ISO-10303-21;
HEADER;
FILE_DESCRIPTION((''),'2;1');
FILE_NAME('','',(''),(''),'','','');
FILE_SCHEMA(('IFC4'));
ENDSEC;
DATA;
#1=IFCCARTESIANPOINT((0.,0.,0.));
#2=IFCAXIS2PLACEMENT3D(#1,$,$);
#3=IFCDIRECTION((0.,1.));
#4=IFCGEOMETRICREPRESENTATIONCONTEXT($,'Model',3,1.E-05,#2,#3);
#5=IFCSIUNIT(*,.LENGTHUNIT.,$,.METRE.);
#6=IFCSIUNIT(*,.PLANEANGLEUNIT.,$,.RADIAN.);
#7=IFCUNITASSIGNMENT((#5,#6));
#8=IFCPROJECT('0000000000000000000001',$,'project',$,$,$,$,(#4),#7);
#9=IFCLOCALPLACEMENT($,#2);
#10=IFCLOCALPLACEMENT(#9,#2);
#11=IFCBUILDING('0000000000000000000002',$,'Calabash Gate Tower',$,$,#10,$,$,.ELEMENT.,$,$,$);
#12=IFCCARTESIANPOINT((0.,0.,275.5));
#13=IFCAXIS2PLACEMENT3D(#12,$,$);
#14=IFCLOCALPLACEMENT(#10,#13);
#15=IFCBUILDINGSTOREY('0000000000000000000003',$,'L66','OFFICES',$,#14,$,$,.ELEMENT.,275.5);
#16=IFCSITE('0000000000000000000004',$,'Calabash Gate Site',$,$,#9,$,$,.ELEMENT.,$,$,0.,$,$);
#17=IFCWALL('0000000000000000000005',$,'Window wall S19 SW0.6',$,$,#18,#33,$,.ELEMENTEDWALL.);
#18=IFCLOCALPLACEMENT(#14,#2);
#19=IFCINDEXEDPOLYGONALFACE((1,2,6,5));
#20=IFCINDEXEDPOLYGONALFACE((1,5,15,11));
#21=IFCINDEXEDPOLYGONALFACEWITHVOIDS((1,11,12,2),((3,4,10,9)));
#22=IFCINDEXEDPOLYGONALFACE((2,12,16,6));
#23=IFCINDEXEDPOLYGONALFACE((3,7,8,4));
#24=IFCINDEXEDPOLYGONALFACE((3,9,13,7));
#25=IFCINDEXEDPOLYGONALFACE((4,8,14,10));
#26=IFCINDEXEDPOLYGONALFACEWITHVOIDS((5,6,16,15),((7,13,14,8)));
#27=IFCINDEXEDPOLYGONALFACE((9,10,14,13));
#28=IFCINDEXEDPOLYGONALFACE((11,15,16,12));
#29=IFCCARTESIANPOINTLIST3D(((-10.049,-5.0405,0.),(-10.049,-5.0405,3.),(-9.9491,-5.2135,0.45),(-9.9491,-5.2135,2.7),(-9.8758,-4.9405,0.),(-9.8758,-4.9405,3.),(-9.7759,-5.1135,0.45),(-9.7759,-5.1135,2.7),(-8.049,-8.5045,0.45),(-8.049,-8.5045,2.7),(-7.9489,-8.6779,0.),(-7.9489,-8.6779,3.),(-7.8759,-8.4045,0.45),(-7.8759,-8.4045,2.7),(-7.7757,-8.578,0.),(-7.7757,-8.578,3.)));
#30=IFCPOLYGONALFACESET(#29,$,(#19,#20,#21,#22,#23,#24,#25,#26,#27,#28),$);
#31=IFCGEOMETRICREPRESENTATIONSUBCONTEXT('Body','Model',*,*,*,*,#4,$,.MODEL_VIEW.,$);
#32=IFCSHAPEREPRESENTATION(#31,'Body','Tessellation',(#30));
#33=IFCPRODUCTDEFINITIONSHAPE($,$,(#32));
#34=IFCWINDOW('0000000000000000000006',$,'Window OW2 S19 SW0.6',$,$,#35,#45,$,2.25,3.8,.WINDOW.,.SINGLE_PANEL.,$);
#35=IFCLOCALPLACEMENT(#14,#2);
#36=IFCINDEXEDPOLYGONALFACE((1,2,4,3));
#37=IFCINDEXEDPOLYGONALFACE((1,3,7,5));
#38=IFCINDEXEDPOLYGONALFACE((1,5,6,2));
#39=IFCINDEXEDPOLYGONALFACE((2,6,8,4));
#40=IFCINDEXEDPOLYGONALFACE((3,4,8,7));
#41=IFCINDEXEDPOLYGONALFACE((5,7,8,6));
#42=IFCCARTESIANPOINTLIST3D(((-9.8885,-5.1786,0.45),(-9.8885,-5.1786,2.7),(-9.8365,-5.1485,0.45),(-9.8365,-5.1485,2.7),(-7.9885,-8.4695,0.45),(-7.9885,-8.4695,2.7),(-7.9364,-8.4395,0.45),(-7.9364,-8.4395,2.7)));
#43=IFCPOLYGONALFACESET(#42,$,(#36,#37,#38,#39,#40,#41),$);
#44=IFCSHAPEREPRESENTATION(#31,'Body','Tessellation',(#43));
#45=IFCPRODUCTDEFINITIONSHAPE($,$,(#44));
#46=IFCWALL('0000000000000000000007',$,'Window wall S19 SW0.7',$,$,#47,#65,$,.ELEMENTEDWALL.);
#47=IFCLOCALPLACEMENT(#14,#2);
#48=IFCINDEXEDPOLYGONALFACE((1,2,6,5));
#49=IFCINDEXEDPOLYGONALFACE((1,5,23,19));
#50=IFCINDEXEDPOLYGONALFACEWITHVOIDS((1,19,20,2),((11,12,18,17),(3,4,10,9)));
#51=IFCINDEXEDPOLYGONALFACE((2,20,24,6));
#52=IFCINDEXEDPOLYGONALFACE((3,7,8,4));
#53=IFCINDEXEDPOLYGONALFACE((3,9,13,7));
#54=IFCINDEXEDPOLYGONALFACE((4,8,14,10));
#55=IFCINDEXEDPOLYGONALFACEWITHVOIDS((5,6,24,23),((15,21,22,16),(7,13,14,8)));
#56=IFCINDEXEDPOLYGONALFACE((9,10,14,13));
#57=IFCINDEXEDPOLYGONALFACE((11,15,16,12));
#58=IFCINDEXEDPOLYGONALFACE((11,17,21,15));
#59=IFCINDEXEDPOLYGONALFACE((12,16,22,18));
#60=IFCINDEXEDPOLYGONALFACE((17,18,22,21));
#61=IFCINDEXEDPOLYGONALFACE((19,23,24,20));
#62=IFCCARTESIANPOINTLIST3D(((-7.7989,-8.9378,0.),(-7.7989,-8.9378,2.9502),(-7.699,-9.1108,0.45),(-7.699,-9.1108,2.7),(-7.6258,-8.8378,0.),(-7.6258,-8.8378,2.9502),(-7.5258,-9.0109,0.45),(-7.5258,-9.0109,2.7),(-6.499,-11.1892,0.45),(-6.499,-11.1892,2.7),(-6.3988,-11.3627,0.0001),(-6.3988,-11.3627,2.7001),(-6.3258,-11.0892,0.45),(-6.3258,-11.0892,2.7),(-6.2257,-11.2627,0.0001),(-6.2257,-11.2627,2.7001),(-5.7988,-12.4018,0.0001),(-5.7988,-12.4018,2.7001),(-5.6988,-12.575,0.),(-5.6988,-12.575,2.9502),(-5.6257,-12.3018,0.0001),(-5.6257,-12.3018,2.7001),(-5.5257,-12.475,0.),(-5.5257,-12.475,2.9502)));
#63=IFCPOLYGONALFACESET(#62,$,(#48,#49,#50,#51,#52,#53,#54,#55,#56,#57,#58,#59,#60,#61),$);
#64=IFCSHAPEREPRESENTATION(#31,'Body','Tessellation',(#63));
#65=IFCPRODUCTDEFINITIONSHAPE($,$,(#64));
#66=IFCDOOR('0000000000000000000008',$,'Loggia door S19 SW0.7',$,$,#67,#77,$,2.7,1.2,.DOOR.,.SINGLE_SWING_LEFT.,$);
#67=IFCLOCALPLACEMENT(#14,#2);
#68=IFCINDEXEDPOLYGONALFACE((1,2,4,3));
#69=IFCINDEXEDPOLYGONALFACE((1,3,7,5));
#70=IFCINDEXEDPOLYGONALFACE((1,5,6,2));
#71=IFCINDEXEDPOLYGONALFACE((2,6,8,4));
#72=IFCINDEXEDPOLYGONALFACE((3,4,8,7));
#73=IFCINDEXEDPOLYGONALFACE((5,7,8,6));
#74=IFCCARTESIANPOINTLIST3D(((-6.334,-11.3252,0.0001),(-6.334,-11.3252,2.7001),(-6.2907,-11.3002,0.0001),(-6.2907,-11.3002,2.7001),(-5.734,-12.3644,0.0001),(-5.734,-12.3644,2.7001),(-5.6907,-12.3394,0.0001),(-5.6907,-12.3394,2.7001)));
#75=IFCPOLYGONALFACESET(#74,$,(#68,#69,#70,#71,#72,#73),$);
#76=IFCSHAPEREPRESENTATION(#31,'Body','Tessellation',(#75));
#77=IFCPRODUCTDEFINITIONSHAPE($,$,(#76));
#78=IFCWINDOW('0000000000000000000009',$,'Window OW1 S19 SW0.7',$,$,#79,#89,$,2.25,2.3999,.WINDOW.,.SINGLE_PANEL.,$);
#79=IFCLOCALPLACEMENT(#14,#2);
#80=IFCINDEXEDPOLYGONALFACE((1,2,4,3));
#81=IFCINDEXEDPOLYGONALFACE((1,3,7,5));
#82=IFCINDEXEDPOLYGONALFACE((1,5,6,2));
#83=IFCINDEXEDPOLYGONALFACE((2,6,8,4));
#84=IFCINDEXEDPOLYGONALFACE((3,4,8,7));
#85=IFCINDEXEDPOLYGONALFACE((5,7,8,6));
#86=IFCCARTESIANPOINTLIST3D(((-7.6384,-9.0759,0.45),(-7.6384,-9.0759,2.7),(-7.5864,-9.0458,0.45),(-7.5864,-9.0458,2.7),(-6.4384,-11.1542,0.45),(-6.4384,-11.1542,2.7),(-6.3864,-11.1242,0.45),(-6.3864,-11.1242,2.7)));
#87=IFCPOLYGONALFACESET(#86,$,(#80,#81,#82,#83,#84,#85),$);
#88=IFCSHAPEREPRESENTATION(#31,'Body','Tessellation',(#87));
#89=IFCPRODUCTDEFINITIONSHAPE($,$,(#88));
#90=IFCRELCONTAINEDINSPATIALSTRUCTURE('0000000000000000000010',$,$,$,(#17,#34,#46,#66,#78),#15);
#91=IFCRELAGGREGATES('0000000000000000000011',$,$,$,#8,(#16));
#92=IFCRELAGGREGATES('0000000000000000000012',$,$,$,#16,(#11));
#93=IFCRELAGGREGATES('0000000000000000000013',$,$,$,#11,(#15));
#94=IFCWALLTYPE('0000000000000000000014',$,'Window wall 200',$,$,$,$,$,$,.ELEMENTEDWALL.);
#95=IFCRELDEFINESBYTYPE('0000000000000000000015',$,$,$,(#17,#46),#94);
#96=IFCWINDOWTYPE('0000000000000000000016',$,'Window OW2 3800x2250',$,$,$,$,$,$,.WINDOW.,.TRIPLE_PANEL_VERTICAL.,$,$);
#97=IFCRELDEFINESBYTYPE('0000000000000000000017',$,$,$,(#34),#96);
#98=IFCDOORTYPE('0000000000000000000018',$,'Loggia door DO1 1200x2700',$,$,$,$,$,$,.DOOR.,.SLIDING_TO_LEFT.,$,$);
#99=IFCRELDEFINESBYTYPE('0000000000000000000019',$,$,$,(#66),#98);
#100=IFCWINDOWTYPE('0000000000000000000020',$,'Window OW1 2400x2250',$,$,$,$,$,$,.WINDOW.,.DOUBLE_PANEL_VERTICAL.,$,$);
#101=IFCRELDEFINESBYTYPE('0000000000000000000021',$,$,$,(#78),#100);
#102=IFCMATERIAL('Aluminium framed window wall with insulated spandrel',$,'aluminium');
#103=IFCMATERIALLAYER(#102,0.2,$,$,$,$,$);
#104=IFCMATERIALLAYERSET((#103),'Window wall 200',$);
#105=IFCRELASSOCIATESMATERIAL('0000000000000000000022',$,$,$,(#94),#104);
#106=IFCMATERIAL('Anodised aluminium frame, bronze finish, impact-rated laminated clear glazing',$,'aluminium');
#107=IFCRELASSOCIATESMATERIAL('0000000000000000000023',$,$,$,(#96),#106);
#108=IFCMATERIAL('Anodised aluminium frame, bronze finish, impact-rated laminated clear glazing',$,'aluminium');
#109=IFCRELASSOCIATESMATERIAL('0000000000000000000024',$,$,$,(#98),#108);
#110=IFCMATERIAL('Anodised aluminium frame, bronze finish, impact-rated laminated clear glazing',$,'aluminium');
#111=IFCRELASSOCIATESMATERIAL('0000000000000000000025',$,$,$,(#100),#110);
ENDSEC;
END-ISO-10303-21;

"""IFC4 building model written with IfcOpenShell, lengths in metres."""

from ifc_helpers import new_model, si_unit, direction, frame, frame_2d, origin, place, context, subcontext, project, spatial, rectangle, extrude, material, layer, layer_set, type_object, element, fill, save


model = new_model("IFC4")

# Units and contexts
model_context = context("Model", 3, precision=1e-05, world=origin(), true_north=direction((0.0, 1.0)))
body_context = subcontext(model_context, "Body", "Model", "MODEL_VIEW")
ifc_project = project(units=[si_unit("LENGTHUNIT", "METRE"), si_unit("PLANEANGLEUNIT", "RADIAN")], contexts=[model_context])

# Site, building, storey
site_placement = place(None, origin())
site = spatial("IfcSite", under=ifc_project, at=site_placement, Name="Calabash Gate Site", CompositionType="ELEMENT", RefElevation=0.0)
building_placement = place(site_placement, origin())
building = spatial("IfcBuilding", under=site, at=building_placement, Name="Calabash Gate Tower", CompositionType="ELEMENT")
storey_placement = place(building_placement, frame((0.0, 0.0, 275.5)))
storey = spatial("IfcBuildingStorey", under=building, at=storey_placement, Name="L66", Description="OFFICES", CompositionType="ELEMENT", Elevation=275.5)

# Wall, opening, window
ifc_material_1 = material(Name="Aluminium framed window wall with insulated spandrel", Category="aluminium")
ifc_layer_1 = layer(ifc_material_1, 0.2)
ifc_layer_set_1 = layer_set([ifc_layer_1], Name="Window wall 200")
wall_type_1 = type_object("IfcWallType", Name="Window wall 200", PredefinedType="ELEMENTEDWALL", material=ifc_layer_set_1)
wall_1_placement = place(storey_placement, frame((-9.9624, -4.9905, 0.0), z_axis=(0.0, 0.0, 1.0), x_axis=(0.500003, -0.866024, 0.0)))
wall_1 = element("IfcWall", 1, at=wall_1_placement, inside=storey, type_object=wall_type_1, Name="Window wall S19 SW0.6", PredefinedType="ELEMENTEDWALL", context=body_context, shape_type="SweptSolid", body=[
    extrude(rectangle(XDim=4.2002, YDim=0.2, at=frame_2d((2.1001, 0.0))), origin(), (0.0, 0.0, 1.0), 3.0),
])
opening_1_placement = place(wall_1_placement, frame((0.2, 0.0, 0.45)))
opening_1 = element("IfcOpeningElement", 2, at=opening_1_placement, cuts=wall_1, PredefinedType="OPENING", context=body_context, shape_type="SweptSolid", body=[
    extrude(rectangle(XDim=3.8, YDim=2.25, at=frame_2d((1.8999, 1.125))), frame((0.0, 0.1099, 0.0), z_axis=(0.0, -1.0, 0.0), x_axis=(1.0, 0.0, 0.0)), (0.0, 0.0, 1.0), 0.22),
])
ifc_material_2 = material(Name="Anodised aluminium frame, bronze finish, impact-rated laminated clear glazing", Category="aluminium")
window_type_1 = type_object("IfcWindowType", Name="Window OW2 3800x2250", PartitioningType="TRIPLE_PANEL_VERTICAL", PredefinedType="WINDOW", material=ifc_material_2)
window_1_placement = place(opening_1_placement, origin())
window_1 = element("IfcWindow", 3, at=window_1_placement, inside=storey, type_object=window_type_1, Name="Window OW2 S19 SW0.6", OverallHeight=2.25, OverallWidth=3.8, PartitioningType="SINGLE_PANEL", PredefinedType="WINDOW", context=body_context, shape_type="SweptSolid", body=[
    extrude(rectangle(XDim=3.8, YDim=2.25, at=frame_2d((1.8999, 1.125))), frame((0.0, 0.03, 0.0), z_axis=(0.0, -1.0, 0.0), x_axis=(1.0, 0.0, 0.0)), (0.0, 0.0, 1.0), 0.0601),
])
fill(opening_1, window_1)

# Wall, openings, door, window
wall_2_placement = place(storey_placement, frame((-7.7124, -8.8877, 0.0), z_axis=(0.0, 0.0, 1.0), x_axis=(0.500028, -0.866009, 0.0)))
wall_2 = element("IfcWall", 4, at=wall_2_placement, inside=storey, type_object=wall_type_1, Name="Window wall S19 SW0.7", PredefinedType="ELEMENTEDWALL", context=body_context, shape_type="SweptSolid", body=[
    extrude(rectangle(XDim=4.2, YDim=0.2, at=frame_2d((2.1001, 0.0))), origin(), (0.0, 0.0, 1.0), 2.9502),
])
opening_2_placement = place(wall_2_placement, frame((0.2, 0.0, 0.45)))
opening_2 = element("IfcOpeningElement", 5, at=opening_2_placement, cuts=wall_2, PredefinedType="OPENING", context=body_context, shape_type="SweptSolid", body=[
    extrude(rectangle(XDim=2.3999, YDim=2.25, at=frame_2d((1.2, 1.125))), frame((0.0, 0.1099, 0.0), z_axis=(0.0, -1.0, 0.0), x_axis=(1.0, 0.0, 0.0)), (0.0, 0.0, 1.0), 0.22),
])
opening_3_placement = place(wall_2_placement, frame((2.8, 0.0, 0.0)))
opening_3 = element("IfcOpeningElement", 6, at=opening_3_placement, cuts=wall_2, PredefinedType="OPENING", context=body_context, shape_type="SweptSolid", body=[
    extrude(rectangle(XDim=1.2, YDim=2.7, at=frame_2d((0.6001, 1.3501))), frame((0.0, 0.1099, 0.0), z_axis=(0.0, -1.0, 0.0), x_axis=(1.0, 0.0, 0.0)), (0.0, 0.0, 1.0), 0.22),
])
ifc_material_3 = material(Name="Anodised aluminium frame, bronze finish, impact-rated laminated clear glazing", Category="aluminium")
door_type = type_object("IfcDoorType", Name="Loggia door DO1 1200x2700", OperationType="SLIDING_TO_LEFT", PredefinedType="DOOR", material=ifc_material_3)
door_placement = place(opening_3_placement, origin())
door = element("IfcDoor", 7, at=door_placement, inside=storey, type_object=door_type, Name="Loggia door S19 SW0.7", OperationType="SINGLE_SWING_LEFT", OverallHeight=2.7, OverallWidth=1.2, PredefinedType="DOOR", context=body_context, shape_type="SweptSolid", body=[
    extrude(rectangle(XDim=1.2, YDim=2.7, at=frame_2d((0.6001, 1.3501))), frame((0.0, 0.0249, 0.0), z_axis=(0.0, -1.0, 0.0), x_axis=(1.0, 0.0, 0.0)), (0.0, 0.0, 1.0), 0.05),
])
fill(opening_3, door)
ifc_material_4 = material(Name="Anodised aluminium frame, bronze finish, impact-rated laminated clear glazing", Category="aluminium")
window_type_2 = type_object("IfcWindowType", Name="Window OW1 2400x2250", PartitioningType="DOUBLE_PANEL_VERTICAL", PredefinedType="WINDOW", material=ifc_material_4)
window_2_placement = place(opening_2_placement, origin())
window_2 = element("IfcWindow", 8, at=window_2_placement, inside=storey, type_object=window_type_2, Name="Window OW1 S19 SW0.7", OverallHeight=2.25, OverallWidth=2.3999, PartitioningType="SINGLE_PANEL", PredefinedType="WINDOW", context=body_context, shape_type="SweptSolid", body=[
    extrude(rectangle(XDim=2.3999, YDim=2.25, at=frame_2d((1.2, 1.125))), frame((0.0, 0.03, 0.0), z_axis=(0.0, -1.0, 0.0), x_axis=(1.0, 0.0, 0.0)), (0.0, 0.0, 1.0), 0.0601),
])
fill(opening_2, window_2)

save(model, "model.ifc")
